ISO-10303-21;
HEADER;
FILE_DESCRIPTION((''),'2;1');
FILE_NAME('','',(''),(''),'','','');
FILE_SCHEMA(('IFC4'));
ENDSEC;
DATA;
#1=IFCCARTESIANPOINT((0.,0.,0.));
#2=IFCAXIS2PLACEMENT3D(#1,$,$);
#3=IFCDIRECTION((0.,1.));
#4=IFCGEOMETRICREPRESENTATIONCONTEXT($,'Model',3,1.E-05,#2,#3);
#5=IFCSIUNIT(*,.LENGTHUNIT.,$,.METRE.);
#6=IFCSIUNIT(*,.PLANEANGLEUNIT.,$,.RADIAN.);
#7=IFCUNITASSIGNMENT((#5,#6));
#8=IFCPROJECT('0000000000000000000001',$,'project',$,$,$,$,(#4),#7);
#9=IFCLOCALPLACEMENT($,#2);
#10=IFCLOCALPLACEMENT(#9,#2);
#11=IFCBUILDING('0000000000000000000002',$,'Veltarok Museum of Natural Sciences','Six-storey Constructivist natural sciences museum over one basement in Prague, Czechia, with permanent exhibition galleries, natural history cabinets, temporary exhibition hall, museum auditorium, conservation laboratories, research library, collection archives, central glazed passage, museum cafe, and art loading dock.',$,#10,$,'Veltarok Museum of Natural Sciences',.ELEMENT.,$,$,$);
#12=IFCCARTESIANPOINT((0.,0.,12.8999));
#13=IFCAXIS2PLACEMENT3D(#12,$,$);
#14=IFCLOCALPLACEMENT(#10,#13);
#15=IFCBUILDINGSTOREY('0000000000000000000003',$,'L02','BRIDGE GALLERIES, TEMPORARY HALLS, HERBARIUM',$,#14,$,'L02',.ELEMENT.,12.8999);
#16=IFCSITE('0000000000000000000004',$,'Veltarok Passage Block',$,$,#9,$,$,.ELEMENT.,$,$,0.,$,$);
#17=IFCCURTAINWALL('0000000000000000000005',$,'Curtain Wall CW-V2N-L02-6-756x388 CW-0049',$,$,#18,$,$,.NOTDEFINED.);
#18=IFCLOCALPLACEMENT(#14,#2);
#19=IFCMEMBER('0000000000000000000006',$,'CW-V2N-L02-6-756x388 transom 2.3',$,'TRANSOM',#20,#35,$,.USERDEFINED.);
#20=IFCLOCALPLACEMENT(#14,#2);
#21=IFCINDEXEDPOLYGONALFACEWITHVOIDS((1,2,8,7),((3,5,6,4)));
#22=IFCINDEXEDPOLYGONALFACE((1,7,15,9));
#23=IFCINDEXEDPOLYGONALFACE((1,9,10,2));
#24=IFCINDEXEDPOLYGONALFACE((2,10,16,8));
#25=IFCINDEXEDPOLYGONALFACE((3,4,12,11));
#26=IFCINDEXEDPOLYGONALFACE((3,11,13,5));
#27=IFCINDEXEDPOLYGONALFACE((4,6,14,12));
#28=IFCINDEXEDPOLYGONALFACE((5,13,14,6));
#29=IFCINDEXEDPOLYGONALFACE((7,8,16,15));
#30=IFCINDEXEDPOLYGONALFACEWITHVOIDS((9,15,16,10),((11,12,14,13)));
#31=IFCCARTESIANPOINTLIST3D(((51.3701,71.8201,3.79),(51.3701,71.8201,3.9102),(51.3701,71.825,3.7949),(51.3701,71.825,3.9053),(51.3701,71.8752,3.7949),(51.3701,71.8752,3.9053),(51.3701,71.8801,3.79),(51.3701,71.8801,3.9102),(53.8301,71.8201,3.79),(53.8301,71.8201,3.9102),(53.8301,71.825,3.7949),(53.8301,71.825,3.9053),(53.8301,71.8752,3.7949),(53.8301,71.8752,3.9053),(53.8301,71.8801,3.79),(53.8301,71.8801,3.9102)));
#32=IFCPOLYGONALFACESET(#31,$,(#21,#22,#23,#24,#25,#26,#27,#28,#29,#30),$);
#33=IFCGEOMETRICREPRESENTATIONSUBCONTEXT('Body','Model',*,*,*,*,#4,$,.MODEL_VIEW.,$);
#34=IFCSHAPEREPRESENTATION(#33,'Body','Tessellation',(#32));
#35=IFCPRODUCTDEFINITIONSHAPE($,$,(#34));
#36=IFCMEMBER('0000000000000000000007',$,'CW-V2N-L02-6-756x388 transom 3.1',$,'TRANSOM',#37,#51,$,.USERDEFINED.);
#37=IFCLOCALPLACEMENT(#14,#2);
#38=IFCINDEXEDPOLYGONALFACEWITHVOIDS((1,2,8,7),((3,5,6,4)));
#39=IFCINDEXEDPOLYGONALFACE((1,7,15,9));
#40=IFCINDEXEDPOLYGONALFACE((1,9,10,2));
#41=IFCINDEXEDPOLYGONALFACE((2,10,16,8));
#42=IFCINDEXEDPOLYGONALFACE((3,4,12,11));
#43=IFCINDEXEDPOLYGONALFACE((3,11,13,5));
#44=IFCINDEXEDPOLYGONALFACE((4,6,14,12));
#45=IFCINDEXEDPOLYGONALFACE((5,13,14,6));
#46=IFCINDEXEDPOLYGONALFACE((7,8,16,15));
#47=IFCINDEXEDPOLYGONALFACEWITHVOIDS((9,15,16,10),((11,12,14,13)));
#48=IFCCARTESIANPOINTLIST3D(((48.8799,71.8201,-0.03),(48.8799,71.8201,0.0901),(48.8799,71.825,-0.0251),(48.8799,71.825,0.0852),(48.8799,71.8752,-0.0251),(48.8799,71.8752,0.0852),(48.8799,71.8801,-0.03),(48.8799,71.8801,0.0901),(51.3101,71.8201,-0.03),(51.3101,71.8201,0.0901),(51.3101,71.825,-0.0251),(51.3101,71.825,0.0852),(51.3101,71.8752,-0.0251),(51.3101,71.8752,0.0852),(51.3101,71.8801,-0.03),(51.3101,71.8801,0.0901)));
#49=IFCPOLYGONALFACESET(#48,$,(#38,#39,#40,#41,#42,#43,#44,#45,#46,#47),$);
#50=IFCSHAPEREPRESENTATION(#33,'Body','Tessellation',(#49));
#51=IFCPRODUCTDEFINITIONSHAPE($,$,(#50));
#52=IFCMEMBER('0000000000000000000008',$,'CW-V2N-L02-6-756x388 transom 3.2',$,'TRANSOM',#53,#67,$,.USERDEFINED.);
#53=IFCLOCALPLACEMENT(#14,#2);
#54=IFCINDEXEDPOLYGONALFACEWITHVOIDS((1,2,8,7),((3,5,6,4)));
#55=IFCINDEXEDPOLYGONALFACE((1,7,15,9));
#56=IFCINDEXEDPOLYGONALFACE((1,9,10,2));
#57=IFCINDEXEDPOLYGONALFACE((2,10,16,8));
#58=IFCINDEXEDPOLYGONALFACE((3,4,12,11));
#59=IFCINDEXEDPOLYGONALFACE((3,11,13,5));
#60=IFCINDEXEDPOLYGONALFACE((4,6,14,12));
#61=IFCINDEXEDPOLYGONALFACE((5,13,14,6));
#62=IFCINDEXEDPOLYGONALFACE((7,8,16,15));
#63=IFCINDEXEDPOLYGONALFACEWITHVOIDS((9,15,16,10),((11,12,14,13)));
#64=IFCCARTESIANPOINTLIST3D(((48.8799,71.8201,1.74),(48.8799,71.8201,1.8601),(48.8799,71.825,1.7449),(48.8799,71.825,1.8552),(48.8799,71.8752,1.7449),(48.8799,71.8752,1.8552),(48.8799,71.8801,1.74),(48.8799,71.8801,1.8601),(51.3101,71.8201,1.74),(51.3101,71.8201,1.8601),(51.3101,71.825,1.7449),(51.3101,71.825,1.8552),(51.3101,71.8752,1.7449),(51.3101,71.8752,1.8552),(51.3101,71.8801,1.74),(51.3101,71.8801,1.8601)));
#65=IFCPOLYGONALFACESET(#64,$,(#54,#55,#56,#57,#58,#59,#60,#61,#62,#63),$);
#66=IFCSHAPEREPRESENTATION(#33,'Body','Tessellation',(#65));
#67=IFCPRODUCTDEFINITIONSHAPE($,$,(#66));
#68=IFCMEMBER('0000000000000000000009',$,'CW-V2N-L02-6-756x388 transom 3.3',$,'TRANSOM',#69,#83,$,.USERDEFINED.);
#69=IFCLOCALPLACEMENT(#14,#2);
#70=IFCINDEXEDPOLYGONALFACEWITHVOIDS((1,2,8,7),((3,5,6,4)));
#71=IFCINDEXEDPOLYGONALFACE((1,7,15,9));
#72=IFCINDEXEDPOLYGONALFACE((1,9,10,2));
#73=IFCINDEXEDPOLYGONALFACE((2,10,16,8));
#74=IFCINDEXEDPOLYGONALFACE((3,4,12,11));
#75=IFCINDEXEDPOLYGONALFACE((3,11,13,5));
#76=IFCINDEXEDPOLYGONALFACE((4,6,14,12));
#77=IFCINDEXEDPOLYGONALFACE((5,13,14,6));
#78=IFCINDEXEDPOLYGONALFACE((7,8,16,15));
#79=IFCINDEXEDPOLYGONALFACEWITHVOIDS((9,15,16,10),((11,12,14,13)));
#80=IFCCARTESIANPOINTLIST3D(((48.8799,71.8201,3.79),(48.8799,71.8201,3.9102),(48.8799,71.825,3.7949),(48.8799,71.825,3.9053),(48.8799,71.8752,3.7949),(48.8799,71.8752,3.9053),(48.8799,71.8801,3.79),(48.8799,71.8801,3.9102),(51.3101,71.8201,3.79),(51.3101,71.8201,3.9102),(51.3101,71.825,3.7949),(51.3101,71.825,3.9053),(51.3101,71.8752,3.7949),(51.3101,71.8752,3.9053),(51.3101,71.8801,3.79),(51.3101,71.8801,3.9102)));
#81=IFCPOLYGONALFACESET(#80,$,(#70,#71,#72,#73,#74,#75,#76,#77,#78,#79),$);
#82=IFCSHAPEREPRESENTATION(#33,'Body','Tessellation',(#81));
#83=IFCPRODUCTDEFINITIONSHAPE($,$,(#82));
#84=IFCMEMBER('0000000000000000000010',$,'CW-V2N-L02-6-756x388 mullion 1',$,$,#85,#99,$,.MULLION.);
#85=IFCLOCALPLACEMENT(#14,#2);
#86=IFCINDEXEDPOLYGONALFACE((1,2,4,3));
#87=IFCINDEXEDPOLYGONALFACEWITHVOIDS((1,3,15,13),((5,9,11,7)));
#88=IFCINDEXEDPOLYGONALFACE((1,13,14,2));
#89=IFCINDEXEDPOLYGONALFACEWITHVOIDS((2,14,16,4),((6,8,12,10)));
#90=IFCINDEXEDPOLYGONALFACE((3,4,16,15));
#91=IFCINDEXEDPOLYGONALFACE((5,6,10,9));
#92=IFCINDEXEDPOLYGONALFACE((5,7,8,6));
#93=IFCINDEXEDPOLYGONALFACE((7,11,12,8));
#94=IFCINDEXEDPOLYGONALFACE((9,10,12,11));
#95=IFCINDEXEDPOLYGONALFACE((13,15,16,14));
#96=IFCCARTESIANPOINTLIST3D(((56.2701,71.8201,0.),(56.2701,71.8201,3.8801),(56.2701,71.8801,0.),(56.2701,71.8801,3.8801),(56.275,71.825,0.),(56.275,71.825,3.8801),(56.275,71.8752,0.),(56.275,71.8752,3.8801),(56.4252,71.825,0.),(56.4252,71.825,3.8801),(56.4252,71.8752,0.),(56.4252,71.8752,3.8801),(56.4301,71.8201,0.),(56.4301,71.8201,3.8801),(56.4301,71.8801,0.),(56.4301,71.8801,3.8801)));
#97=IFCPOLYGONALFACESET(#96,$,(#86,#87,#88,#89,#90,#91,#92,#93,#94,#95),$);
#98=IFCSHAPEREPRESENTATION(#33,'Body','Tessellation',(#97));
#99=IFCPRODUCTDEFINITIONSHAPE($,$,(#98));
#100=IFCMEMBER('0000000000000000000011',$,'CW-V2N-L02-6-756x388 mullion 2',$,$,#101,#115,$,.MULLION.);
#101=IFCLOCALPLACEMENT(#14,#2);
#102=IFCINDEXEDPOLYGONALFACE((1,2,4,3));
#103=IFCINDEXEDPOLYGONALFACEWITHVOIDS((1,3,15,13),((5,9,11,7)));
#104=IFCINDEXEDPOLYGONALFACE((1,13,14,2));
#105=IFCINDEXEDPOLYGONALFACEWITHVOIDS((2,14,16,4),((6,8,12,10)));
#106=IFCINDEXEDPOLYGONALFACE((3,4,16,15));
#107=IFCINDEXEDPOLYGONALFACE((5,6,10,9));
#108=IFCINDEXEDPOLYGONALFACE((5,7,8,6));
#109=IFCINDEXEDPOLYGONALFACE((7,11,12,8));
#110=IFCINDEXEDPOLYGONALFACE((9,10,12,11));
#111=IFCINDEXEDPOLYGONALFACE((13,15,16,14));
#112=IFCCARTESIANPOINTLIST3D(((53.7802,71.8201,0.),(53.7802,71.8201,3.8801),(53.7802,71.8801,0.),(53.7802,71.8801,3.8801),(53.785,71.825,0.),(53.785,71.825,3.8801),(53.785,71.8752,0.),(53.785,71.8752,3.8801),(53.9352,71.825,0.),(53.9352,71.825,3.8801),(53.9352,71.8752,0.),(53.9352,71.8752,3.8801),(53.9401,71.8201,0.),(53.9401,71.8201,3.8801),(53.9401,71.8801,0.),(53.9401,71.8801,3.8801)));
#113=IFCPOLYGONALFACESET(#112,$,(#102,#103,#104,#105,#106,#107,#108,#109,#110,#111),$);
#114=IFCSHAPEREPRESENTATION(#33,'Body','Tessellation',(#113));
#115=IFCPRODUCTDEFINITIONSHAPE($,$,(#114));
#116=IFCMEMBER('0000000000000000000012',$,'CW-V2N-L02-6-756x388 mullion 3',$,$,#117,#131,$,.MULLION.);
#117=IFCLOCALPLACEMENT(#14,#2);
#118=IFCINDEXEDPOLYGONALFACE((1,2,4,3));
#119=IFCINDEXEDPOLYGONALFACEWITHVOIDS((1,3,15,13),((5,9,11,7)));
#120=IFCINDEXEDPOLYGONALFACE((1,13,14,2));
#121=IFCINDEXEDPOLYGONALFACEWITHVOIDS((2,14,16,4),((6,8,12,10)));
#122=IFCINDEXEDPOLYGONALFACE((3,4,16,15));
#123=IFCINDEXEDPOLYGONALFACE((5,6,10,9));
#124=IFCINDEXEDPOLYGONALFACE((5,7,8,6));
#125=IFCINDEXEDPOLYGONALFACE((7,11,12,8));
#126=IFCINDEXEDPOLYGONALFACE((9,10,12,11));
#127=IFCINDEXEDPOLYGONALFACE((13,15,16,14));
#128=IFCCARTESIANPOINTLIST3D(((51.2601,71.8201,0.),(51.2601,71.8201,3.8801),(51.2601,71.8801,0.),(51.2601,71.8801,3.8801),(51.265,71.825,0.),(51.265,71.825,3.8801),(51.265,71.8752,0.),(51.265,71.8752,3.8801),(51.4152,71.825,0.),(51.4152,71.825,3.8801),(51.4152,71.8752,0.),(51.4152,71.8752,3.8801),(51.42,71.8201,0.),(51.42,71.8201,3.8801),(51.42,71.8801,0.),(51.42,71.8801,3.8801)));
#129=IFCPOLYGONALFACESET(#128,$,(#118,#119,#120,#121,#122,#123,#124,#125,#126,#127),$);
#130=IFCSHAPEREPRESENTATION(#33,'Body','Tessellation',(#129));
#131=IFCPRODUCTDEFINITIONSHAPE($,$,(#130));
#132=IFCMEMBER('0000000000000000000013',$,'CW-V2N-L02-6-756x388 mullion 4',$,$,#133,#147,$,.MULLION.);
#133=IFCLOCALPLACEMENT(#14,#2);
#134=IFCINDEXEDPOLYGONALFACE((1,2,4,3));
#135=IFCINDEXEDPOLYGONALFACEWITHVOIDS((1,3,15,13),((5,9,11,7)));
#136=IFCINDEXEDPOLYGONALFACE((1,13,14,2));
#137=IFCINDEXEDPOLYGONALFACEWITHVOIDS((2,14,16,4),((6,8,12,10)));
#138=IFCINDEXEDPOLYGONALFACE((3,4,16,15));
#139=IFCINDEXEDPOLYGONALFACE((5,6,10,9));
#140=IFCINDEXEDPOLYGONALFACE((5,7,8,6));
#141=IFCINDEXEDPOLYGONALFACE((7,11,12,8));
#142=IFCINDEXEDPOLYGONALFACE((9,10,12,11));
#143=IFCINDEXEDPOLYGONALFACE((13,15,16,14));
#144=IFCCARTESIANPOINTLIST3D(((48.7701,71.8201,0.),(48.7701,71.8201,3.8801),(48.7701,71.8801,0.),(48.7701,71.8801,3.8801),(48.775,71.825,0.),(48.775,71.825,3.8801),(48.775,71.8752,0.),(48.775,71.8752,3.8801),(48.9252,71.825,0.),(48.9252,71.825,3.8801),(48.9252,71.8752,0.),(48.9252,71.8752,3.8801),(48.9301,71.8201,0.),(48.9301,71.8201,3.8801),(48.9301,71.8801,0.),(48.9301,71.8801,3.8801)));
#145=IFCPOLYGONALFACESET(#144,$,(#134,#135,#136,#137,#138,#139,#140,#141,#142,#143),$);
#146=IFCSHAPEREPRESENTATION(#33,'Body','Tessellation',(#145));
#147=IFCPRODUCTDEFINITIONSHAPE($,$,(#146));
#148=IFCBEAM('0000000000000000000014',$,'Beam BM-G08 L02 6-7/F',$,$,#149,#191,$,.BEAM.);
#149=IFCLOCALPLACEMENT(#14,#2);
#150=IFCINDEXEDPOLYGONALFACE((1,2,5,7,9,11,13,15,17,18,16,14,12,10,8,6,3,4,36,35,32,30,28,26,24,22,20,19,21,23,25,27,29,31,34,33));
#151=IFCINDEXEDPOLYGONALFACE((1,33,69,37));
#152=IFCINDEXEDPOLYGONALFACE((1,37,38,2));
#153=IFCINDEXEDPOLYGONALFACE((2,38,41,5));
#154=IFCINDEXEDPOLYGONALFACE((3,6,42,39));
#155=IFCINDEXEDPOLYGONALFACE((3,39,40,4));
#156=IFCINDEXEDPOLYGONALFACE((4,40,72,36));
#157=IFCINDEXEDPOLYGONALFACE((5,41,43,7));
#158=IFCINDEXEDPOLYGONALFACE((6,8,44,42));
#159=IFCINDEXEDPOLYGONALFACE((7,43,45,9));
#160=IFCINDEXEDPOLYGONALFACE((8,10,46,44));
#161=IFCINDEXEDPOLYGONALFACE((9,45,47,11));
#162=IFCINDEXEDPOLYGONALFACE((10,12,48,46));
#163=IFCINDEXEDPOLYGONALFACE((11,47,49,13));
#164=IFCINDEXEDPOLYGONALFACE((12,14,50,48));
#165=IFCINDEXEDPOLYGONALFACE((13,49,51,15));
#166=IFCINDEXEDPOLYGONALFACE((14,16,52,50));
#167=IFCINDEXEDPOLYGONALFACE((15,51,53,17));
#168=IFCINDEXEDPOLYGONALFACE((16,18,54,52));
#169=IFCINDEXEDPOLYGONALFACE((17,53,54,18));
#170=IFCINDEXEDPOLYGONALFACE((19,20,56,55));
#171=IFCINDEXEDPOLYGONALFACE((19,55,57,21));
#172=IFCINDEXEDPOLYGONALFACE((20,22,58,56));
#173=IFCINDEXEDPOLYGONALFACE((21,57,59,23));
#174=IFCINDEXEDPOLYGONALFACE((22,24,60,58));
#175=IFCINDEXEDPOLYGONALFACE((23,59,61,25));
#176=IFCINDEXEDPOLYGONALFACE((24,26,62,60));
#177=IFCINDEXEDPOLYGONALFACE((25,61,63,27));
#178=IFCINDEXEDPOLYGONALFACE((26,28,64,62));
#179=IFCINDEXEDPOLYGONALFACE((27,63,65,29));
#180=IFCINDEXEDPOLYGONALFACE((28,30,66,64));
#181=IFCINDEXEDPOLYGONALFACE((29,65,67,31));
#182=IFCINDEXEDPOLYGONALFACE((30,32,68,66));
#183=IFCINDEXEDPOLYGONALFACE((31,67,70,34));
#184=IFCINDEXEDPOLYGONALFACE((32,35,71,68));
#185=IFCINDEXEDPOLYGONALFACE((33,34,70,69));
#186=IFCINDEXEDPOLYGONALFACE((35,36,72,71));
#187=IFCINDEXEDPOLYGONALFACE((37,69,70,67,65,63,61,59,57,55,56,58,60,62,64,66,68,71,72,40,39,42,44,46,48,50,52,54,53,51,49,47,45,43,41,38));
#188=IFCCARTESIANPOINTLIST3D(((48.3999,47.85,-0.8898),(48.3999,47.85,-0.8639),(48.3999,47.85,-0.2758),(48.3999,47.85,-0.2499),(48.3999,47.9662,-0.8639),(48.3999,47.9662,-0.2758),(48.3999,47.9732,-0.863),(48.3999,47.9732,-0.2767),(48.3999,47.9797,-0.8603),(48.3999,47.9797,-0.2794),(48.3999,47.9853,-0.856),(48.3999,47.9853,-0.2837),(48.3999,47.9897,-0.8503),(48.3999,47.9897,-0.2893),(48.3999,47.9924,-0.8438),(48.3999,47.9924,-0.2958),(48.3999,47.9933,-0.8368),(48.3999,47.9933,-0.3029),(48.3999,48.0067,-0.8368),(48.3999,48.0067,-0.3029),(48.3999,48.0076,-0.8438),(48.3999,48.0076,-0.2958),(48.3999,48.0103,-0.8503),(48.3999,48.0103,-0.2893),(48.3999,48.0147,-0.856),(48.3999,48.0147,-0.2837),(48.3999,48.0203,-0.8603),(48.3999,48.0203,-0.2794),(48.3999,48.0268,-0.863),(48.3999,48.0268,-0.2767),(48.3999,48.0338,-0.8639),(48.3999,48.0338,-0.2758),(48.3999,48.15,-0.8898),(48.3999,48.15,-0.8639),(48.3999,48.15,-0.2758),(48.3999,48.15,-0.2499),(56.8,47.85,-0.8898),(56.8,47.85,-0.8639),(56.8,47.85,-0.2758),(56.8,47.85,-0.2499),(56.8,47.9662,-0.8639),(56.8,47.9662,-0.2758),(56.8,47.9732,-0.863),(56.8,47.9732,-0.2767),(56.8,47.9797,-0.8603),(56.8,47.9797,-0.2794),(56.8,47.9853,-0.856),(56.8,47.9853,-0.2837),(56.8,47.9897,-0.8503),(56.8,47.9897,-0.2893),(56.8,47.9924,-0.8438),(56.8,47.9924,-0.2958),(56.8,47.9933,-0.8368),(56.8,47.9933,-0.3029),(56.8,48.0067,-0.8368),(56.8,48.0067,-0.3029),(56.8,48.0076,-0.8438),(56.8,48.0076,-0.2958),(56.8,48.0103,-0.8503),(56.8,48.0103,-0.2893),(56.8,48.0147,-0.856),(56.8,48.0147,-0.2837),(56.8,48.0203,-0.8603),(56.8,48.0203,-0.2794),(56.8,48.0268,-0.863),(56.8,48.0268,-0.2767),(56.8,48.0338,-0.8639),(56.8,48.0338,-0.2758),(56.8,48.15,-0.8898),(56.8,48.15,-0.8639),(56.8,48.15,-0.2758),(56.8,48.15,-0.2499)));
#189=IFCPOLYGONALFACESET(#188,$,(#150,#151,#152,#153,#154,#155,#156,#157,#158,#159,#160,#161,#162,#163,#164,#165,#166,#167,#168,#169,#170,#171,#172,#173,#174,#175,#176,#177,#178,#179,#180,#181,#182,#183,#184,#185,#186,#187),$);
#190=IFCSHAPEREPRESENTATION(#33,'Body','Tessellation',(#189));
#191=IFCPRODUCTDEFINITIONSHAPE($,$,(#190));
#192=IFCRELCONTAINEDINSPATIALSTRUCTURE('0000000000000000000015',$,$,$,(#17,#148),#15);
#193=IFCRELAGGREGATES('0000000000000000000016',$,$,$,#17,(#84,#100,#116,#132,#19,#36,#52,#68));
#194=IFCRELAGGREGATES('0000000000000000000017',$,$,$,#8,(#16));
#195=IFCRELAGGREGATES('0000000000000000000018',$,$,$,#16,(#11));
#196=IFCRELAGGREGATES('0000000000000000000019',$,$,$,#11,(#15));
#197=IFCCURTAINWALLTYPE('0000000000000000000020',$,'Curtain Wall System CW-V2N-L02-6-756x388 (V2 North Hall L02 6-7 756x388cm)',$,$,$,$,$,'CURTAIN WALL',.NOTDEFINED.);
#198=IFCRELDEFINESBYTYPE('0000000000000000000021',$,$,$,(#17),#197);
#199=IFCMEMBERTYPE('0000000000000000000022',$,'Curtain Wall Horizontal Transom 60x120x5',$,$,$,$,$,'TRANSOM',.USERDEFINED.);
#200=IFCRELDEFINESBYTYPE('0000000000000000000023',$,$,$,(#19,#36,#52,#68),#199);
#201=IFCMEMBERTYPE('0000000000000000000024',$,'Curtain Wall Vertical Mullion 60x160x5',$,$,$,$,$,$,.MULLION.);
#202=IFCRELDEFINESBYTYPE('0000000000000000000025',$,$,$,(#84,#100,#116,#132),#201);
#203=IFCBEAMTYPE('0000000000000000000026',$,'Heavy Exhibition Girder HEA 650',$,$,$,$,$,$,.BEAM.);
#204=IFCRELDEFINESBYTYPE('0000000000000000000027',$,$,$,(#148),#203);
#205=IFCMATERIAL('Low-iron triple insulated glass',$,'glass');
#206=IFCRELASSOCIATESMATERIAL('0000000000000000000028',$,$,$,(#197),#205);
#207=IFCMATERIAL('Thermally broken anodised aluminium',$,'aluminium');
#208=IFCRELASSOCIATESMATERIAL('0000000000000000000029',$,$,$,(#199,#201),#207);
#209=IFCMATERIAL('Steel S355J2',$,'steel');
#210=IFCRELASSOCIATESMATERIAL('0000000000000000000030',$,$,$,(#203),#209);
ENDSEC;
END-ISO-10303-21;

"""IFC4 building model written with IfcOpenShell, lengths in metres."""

from ifc_helpers import new_model, si_unit, direction, frame, origin, origin_2d, place, context, subcontext, project, spatial, hollow_rectangle, i_section, extrude, material, material_profile, profile_set, type_object, element, aggregate, save


model = new_model("IFC4")

# Units and contexts
model_context = context("Model", 3, precision=1e-05, world=origin(), true_north=direction((0.0, 1.0)))
body_context = subcontext(model_context, "Body", "Model", "MODEL_VIEW")
ifc_project = project(units=[si_unit("LENGTHUNIT", "METRE"), si_unit("PLANEANGLEUNIT", "RADIAN")], contexts=[model_context])

# Site, building, storey
site_placement = place(None, origin())
site = spatial("IfcSite", under=ifc_project, at=site_placement, Name="Veltarok Passage Block", CompositionType="ELEMENT", RefElevation=0.0)
building_placement = place(site_placement, origin())
building = spatial("IfcBuilding", under=site, at=building_placement, Name="Veltarok Museum of Natural Sciences", Description="Six-storey Constructivist natural sciences museum over one basement in Prague, Czechia, with permanent exhibition galleries, natural history cabinets, temporary exhibition hall, museum auditorium, conservation laboratories, research library, collection archives, central glazed passage, museum cafe, and art loading dock.", LongName="Veltarok Museum of Natural Sciences", CompositionType="ELEMENT")
storey_placement = place(building_placement, frame((0.0, 0.0, 12.8999)))
storey = spatial("IfcBuildingStorey", under=building, at=storey_placement, Name="L02", Description="BRIDGE GALLERIES, TEMPORARY HALLS, HERBARIUM", LongName="L02", CompositionType="ELEMENT", Elevation=12.8999)

# Shared definitions
ifc_material_1 = material(Name="Steel S355J2", Category="steel")

# Curtain wall, members
ifc_material_2 = material(Name="Low-iron triple insulated glass", Category="glass")
curtain_wall_type = type_object("IfcCurtainWallType", Name="Curtain Wall System CW-V2N-L02-6-756x388 (V2 North Hall L02 6-7 756x388cm)", ElementType="CURTAIN WALL", PredefinedType="NOTDEFINED", material=ifc_material_2)
curtain_wall_placement = place(storey_placement, origin())
curtain_wall = element("IfcCurtainWall", 1, at=curtain_wall_placement, inside=storey, type_object=curtain_wall_type, Name="Curtain Wall CW-V2N-L02-6-756x388 CW-0049", PredefinedType="NOTDEFINED")
ifc_material_3 = material(Name="Thermally broken anodised aluminium", Category="aluminium")
ifc_material_profile_1 = material_profile(ifc_material_3, hollow_rectangle(XDim=0.0601, YDim=0.1201, WallThickness=0.0049, at=origin_2d()), Name="CW TRANSOM 60x120x5")
ifc_profile_set_1 = profile_set([ifc_material_profile_1], Name="Thermally broken anodised aluminium")
member_type_1 = type_object("IfcMemberType", Name="Curtain Wall Horizontal Transom 60x120x5", ElementType="TRANSOM", PredefinedType="USERDEFINED", material=ifc_profile_set_1)
member_1_placement = place(storey_placement, frame((53.8301, 71.8501, 3.8501), z_axis=(-1.0, 0.0, 0.0), x_axis=(0.0, -1.0, 0.0)))
member_1 = element("IfcMember", 2, at=member_1_placement, type_object=member_type_1, Name="CW-V2N-L02-6-756x388 transom 2.3", ObjectType="TRANSOM", PredefinedType="USERDEFINED", context=body_context, shape_type="SweptSolid", body=[
    extrude(hollow_rectangle(XDim=0.0601, YDim=0.1201, WallThickness=0.0049, at=origin_2d()), origin(), (0.0, 0.0, 1.0), 2.46),
])
member_2_placement = place(storey_placement, frame((51.3101, 71.8501, 0.03), z_axis=(-1.0, 0.0, 0.0), x_axis=(0.0, -1.0, 0.0)))
member_2 = element("IfcMember", 3, at=member_2_placement, type_object=member_type_1, Name="CW-V2N-L02-6-756x388 transom 3.1", ObjectType="TRANSOM", PredefinedType="USERDEFINED", context=body_context, shape_type="SweptSolid", body=[
    extrude(hollow_rectangle(XDim=0.0601, YDim=0.1201, WallThickness=0.0049, at=origin_2d()), origin(), (0.0, 0.0, 1.0), 2.4302),
])
member_3_placement = place(storey_placement, frame((51.3101, 71.8501, 1.8), z_axis=(-1.0, 0.0, 0.0), x_axis=(0.0, -1.0, 0.0)))
member_3 = element("IfcMember", 4, at=member_3_placement, type_object=member_type_1, Name="CW-V2N-L02-6-756x388 transom 3.2", ObjectType="TRANSOM", PredefinedType="USERDEFINED", context=body_context, shape_type="SweptSolid", body=[
    extrude(hollow_rectangle(XDim=0.0601, YDim=0.1201, WallThickness=0.0049, at=origin_2d()), origin(), (0.0, 0.0, 1.0), 2.4302),
])
member_4_placement = place(storey_placement, frame((51.3101, 71.8501, 3.8501), z_axis=(-1.0, 0.0, 0.0), x_axis=(0.0, -1.0, 0.0)))
member_4 = element("IfcMember", 5, at=member_4_placement, type_object=member_type_1, Name="CW-V2N-L02-6-756x388 transom 3.3", ObjectType="TRANSOM", PredefinedType="USERDEFINED", context=body_context, shape_type="SweptSolid", body=[
    extrude(hollow_rectangle(XDim=0.0601, YDim=0.1201, WallThickness=0.0049, at=origin_2d()), origin(), (0.0, 0.0, 1.0), 2.4302),
])
ifc_material_profile_2 = material_profile(ifc_material_3, hollow_rectangle(XDim=0.0601, YDim=0.1599, WallThickness=0.0049, at=origin_2d()), Name="CW MULLION 60x160x5")
ifc_profile_set_2 = profile_set([ifc_material_profile_2], Name="Thermally broken anodised aluminium")
member_type_2 = type_object("IfcMemberType", Name="Curtain Wall Vertical Mullion 60x160x5", PredefinedType="MULLION", material=ifc_profile_set_2)
member_5_placement = place(storey_placement, frame((56.3501, 71.8501, 0.0), z_axis=(0.0, 0.0, 1.0), x_axis=(0.0, -1.0, 0.0)))
member_5 = element("IfcMember", 6, at=member_5_placement, type_object=member_type_2, Name="CW-V2N-L02-6-756x388 mullion 1", PredefinedType="MULLION", context=body_context, shape_type="SweptSolid", body=[
    extrude(hollow_rectangle(XDim=0.0601, YDim=0.1599, WallThickness=0.0049, at=origin_2d()), origin(), (0.0, 0.0, 1.0), 3.8801),
])
member_6_placement = place(storey_placement, frame((53.8601, 71.8501, 0.0), z_axis=(0.0, 0.0, 1.0), x_axis=(0.0, -1.0, 0.0)))
member_6 = element("IfcMember", 7, at=member_6_placement, type_object=member_type_2, Name="CW-V2N-L02-6-756x388 mullion 2", PredefinedType="MULLION", context=body_context, shape_type="SweptSolid", body=[
    extrude(hollow_rectangle(XDim=0.0601, YDim=0.1599, WallThickness=0.0049, at=origin_2d()), origin(), (0.0, 0.0, 1.0), 3.8801),
])
member_7_placement = place(storey_placement, frame((51.3401, 71.8501, 0.0), z_axis=(0.0, 0.0, 1.0), x_axis=(0.0, -1.0, 0.0)))
member_7 = element("IfcMember", 8, at=member_7_placement, type_object=member_type_2, Name="CW-V2N-L02-6-756x388 mullion 3", PredefinedType="MULLION", context=body_context, shape_type="SweptSolid", body=[
    extrude(hollow_rectangle(XDim=0.0601, YDim=0.1599, WallThickness=0.0049, at=origin_2d()), origin(), (0.0, 0.0, 1.0), 3.8801),
])
member_8_placement = place(storey_placement, frame((48.8501, 71.8501, 0.0), z_axis=(0.0, 0.0, 1.0), x_axis=(0.0, -1.0, 0.0)))
member_8 = element("IfcMember", 9, at=member_8_placement, type_object=member_type_2, Name="CW-V2N-L02-6-756x388 mullion 4", PredefinedType="MULLION", context=body_context, shape_type="SweptSolid", body=[
    extrude(hollow_rectangle(XDim=0.0601, YDim=0.1599, WallThickness=0.0049, at=origin_2d()), origin(), (0.0, 0.0, 1.0), 3.8801),
])

# Beam
ifc_material_profile_3 = material_profile(ifc_material_1, i_section(OverallWidth=0.3, OverallDepth=0.6399, WebThickness=0.0134, FlangeThickness=0.0259, FilletRadius=0.0271, at=origin_2d()), Name="HEA 650")
ifc_profile_set_3 = profile_set([ifc_material_profile_3], Name="Steel S355J2")
beam_type_1 = type_object("IfcBeamType", Name="Heavy Exhibition Girder HEA 650", PredefinedType="BEAM", material=ifc_profile_set_3)
for number, where, z_axis, x_axis, name in (
    (10, (48.3999, 48.0, -0.5698), (1.0, 0.0, 0.0), (0.0, 1.0, 0.0), "Beam BM-G08 L02 6-7/F"),
):
    element("IfcBeam", number, at=place(storey_placement, frame(where, z_axis=z_axis, x_axis=x_axis)), inside=storey, type_object=beam_type_1, Name=name, PredefinedType="BEAM", context=body_context, shape_type="SweptSolid", body=[
        extrude(i_section(OverallWidth=0.3, OverallDepth=0.6399, WebThickness=0.0134, FlangeThickness=0.0259, FilletRadius=0.0271, at=origin_2d()), origin(), (0.0, 0.0, 1.0), 8.4001),
    ])

aggregate(curtain_wall, [member_5, member_6, member_7, member_8, member_1, member_2, member_3, member_4])

save(model, "model.ifc")
